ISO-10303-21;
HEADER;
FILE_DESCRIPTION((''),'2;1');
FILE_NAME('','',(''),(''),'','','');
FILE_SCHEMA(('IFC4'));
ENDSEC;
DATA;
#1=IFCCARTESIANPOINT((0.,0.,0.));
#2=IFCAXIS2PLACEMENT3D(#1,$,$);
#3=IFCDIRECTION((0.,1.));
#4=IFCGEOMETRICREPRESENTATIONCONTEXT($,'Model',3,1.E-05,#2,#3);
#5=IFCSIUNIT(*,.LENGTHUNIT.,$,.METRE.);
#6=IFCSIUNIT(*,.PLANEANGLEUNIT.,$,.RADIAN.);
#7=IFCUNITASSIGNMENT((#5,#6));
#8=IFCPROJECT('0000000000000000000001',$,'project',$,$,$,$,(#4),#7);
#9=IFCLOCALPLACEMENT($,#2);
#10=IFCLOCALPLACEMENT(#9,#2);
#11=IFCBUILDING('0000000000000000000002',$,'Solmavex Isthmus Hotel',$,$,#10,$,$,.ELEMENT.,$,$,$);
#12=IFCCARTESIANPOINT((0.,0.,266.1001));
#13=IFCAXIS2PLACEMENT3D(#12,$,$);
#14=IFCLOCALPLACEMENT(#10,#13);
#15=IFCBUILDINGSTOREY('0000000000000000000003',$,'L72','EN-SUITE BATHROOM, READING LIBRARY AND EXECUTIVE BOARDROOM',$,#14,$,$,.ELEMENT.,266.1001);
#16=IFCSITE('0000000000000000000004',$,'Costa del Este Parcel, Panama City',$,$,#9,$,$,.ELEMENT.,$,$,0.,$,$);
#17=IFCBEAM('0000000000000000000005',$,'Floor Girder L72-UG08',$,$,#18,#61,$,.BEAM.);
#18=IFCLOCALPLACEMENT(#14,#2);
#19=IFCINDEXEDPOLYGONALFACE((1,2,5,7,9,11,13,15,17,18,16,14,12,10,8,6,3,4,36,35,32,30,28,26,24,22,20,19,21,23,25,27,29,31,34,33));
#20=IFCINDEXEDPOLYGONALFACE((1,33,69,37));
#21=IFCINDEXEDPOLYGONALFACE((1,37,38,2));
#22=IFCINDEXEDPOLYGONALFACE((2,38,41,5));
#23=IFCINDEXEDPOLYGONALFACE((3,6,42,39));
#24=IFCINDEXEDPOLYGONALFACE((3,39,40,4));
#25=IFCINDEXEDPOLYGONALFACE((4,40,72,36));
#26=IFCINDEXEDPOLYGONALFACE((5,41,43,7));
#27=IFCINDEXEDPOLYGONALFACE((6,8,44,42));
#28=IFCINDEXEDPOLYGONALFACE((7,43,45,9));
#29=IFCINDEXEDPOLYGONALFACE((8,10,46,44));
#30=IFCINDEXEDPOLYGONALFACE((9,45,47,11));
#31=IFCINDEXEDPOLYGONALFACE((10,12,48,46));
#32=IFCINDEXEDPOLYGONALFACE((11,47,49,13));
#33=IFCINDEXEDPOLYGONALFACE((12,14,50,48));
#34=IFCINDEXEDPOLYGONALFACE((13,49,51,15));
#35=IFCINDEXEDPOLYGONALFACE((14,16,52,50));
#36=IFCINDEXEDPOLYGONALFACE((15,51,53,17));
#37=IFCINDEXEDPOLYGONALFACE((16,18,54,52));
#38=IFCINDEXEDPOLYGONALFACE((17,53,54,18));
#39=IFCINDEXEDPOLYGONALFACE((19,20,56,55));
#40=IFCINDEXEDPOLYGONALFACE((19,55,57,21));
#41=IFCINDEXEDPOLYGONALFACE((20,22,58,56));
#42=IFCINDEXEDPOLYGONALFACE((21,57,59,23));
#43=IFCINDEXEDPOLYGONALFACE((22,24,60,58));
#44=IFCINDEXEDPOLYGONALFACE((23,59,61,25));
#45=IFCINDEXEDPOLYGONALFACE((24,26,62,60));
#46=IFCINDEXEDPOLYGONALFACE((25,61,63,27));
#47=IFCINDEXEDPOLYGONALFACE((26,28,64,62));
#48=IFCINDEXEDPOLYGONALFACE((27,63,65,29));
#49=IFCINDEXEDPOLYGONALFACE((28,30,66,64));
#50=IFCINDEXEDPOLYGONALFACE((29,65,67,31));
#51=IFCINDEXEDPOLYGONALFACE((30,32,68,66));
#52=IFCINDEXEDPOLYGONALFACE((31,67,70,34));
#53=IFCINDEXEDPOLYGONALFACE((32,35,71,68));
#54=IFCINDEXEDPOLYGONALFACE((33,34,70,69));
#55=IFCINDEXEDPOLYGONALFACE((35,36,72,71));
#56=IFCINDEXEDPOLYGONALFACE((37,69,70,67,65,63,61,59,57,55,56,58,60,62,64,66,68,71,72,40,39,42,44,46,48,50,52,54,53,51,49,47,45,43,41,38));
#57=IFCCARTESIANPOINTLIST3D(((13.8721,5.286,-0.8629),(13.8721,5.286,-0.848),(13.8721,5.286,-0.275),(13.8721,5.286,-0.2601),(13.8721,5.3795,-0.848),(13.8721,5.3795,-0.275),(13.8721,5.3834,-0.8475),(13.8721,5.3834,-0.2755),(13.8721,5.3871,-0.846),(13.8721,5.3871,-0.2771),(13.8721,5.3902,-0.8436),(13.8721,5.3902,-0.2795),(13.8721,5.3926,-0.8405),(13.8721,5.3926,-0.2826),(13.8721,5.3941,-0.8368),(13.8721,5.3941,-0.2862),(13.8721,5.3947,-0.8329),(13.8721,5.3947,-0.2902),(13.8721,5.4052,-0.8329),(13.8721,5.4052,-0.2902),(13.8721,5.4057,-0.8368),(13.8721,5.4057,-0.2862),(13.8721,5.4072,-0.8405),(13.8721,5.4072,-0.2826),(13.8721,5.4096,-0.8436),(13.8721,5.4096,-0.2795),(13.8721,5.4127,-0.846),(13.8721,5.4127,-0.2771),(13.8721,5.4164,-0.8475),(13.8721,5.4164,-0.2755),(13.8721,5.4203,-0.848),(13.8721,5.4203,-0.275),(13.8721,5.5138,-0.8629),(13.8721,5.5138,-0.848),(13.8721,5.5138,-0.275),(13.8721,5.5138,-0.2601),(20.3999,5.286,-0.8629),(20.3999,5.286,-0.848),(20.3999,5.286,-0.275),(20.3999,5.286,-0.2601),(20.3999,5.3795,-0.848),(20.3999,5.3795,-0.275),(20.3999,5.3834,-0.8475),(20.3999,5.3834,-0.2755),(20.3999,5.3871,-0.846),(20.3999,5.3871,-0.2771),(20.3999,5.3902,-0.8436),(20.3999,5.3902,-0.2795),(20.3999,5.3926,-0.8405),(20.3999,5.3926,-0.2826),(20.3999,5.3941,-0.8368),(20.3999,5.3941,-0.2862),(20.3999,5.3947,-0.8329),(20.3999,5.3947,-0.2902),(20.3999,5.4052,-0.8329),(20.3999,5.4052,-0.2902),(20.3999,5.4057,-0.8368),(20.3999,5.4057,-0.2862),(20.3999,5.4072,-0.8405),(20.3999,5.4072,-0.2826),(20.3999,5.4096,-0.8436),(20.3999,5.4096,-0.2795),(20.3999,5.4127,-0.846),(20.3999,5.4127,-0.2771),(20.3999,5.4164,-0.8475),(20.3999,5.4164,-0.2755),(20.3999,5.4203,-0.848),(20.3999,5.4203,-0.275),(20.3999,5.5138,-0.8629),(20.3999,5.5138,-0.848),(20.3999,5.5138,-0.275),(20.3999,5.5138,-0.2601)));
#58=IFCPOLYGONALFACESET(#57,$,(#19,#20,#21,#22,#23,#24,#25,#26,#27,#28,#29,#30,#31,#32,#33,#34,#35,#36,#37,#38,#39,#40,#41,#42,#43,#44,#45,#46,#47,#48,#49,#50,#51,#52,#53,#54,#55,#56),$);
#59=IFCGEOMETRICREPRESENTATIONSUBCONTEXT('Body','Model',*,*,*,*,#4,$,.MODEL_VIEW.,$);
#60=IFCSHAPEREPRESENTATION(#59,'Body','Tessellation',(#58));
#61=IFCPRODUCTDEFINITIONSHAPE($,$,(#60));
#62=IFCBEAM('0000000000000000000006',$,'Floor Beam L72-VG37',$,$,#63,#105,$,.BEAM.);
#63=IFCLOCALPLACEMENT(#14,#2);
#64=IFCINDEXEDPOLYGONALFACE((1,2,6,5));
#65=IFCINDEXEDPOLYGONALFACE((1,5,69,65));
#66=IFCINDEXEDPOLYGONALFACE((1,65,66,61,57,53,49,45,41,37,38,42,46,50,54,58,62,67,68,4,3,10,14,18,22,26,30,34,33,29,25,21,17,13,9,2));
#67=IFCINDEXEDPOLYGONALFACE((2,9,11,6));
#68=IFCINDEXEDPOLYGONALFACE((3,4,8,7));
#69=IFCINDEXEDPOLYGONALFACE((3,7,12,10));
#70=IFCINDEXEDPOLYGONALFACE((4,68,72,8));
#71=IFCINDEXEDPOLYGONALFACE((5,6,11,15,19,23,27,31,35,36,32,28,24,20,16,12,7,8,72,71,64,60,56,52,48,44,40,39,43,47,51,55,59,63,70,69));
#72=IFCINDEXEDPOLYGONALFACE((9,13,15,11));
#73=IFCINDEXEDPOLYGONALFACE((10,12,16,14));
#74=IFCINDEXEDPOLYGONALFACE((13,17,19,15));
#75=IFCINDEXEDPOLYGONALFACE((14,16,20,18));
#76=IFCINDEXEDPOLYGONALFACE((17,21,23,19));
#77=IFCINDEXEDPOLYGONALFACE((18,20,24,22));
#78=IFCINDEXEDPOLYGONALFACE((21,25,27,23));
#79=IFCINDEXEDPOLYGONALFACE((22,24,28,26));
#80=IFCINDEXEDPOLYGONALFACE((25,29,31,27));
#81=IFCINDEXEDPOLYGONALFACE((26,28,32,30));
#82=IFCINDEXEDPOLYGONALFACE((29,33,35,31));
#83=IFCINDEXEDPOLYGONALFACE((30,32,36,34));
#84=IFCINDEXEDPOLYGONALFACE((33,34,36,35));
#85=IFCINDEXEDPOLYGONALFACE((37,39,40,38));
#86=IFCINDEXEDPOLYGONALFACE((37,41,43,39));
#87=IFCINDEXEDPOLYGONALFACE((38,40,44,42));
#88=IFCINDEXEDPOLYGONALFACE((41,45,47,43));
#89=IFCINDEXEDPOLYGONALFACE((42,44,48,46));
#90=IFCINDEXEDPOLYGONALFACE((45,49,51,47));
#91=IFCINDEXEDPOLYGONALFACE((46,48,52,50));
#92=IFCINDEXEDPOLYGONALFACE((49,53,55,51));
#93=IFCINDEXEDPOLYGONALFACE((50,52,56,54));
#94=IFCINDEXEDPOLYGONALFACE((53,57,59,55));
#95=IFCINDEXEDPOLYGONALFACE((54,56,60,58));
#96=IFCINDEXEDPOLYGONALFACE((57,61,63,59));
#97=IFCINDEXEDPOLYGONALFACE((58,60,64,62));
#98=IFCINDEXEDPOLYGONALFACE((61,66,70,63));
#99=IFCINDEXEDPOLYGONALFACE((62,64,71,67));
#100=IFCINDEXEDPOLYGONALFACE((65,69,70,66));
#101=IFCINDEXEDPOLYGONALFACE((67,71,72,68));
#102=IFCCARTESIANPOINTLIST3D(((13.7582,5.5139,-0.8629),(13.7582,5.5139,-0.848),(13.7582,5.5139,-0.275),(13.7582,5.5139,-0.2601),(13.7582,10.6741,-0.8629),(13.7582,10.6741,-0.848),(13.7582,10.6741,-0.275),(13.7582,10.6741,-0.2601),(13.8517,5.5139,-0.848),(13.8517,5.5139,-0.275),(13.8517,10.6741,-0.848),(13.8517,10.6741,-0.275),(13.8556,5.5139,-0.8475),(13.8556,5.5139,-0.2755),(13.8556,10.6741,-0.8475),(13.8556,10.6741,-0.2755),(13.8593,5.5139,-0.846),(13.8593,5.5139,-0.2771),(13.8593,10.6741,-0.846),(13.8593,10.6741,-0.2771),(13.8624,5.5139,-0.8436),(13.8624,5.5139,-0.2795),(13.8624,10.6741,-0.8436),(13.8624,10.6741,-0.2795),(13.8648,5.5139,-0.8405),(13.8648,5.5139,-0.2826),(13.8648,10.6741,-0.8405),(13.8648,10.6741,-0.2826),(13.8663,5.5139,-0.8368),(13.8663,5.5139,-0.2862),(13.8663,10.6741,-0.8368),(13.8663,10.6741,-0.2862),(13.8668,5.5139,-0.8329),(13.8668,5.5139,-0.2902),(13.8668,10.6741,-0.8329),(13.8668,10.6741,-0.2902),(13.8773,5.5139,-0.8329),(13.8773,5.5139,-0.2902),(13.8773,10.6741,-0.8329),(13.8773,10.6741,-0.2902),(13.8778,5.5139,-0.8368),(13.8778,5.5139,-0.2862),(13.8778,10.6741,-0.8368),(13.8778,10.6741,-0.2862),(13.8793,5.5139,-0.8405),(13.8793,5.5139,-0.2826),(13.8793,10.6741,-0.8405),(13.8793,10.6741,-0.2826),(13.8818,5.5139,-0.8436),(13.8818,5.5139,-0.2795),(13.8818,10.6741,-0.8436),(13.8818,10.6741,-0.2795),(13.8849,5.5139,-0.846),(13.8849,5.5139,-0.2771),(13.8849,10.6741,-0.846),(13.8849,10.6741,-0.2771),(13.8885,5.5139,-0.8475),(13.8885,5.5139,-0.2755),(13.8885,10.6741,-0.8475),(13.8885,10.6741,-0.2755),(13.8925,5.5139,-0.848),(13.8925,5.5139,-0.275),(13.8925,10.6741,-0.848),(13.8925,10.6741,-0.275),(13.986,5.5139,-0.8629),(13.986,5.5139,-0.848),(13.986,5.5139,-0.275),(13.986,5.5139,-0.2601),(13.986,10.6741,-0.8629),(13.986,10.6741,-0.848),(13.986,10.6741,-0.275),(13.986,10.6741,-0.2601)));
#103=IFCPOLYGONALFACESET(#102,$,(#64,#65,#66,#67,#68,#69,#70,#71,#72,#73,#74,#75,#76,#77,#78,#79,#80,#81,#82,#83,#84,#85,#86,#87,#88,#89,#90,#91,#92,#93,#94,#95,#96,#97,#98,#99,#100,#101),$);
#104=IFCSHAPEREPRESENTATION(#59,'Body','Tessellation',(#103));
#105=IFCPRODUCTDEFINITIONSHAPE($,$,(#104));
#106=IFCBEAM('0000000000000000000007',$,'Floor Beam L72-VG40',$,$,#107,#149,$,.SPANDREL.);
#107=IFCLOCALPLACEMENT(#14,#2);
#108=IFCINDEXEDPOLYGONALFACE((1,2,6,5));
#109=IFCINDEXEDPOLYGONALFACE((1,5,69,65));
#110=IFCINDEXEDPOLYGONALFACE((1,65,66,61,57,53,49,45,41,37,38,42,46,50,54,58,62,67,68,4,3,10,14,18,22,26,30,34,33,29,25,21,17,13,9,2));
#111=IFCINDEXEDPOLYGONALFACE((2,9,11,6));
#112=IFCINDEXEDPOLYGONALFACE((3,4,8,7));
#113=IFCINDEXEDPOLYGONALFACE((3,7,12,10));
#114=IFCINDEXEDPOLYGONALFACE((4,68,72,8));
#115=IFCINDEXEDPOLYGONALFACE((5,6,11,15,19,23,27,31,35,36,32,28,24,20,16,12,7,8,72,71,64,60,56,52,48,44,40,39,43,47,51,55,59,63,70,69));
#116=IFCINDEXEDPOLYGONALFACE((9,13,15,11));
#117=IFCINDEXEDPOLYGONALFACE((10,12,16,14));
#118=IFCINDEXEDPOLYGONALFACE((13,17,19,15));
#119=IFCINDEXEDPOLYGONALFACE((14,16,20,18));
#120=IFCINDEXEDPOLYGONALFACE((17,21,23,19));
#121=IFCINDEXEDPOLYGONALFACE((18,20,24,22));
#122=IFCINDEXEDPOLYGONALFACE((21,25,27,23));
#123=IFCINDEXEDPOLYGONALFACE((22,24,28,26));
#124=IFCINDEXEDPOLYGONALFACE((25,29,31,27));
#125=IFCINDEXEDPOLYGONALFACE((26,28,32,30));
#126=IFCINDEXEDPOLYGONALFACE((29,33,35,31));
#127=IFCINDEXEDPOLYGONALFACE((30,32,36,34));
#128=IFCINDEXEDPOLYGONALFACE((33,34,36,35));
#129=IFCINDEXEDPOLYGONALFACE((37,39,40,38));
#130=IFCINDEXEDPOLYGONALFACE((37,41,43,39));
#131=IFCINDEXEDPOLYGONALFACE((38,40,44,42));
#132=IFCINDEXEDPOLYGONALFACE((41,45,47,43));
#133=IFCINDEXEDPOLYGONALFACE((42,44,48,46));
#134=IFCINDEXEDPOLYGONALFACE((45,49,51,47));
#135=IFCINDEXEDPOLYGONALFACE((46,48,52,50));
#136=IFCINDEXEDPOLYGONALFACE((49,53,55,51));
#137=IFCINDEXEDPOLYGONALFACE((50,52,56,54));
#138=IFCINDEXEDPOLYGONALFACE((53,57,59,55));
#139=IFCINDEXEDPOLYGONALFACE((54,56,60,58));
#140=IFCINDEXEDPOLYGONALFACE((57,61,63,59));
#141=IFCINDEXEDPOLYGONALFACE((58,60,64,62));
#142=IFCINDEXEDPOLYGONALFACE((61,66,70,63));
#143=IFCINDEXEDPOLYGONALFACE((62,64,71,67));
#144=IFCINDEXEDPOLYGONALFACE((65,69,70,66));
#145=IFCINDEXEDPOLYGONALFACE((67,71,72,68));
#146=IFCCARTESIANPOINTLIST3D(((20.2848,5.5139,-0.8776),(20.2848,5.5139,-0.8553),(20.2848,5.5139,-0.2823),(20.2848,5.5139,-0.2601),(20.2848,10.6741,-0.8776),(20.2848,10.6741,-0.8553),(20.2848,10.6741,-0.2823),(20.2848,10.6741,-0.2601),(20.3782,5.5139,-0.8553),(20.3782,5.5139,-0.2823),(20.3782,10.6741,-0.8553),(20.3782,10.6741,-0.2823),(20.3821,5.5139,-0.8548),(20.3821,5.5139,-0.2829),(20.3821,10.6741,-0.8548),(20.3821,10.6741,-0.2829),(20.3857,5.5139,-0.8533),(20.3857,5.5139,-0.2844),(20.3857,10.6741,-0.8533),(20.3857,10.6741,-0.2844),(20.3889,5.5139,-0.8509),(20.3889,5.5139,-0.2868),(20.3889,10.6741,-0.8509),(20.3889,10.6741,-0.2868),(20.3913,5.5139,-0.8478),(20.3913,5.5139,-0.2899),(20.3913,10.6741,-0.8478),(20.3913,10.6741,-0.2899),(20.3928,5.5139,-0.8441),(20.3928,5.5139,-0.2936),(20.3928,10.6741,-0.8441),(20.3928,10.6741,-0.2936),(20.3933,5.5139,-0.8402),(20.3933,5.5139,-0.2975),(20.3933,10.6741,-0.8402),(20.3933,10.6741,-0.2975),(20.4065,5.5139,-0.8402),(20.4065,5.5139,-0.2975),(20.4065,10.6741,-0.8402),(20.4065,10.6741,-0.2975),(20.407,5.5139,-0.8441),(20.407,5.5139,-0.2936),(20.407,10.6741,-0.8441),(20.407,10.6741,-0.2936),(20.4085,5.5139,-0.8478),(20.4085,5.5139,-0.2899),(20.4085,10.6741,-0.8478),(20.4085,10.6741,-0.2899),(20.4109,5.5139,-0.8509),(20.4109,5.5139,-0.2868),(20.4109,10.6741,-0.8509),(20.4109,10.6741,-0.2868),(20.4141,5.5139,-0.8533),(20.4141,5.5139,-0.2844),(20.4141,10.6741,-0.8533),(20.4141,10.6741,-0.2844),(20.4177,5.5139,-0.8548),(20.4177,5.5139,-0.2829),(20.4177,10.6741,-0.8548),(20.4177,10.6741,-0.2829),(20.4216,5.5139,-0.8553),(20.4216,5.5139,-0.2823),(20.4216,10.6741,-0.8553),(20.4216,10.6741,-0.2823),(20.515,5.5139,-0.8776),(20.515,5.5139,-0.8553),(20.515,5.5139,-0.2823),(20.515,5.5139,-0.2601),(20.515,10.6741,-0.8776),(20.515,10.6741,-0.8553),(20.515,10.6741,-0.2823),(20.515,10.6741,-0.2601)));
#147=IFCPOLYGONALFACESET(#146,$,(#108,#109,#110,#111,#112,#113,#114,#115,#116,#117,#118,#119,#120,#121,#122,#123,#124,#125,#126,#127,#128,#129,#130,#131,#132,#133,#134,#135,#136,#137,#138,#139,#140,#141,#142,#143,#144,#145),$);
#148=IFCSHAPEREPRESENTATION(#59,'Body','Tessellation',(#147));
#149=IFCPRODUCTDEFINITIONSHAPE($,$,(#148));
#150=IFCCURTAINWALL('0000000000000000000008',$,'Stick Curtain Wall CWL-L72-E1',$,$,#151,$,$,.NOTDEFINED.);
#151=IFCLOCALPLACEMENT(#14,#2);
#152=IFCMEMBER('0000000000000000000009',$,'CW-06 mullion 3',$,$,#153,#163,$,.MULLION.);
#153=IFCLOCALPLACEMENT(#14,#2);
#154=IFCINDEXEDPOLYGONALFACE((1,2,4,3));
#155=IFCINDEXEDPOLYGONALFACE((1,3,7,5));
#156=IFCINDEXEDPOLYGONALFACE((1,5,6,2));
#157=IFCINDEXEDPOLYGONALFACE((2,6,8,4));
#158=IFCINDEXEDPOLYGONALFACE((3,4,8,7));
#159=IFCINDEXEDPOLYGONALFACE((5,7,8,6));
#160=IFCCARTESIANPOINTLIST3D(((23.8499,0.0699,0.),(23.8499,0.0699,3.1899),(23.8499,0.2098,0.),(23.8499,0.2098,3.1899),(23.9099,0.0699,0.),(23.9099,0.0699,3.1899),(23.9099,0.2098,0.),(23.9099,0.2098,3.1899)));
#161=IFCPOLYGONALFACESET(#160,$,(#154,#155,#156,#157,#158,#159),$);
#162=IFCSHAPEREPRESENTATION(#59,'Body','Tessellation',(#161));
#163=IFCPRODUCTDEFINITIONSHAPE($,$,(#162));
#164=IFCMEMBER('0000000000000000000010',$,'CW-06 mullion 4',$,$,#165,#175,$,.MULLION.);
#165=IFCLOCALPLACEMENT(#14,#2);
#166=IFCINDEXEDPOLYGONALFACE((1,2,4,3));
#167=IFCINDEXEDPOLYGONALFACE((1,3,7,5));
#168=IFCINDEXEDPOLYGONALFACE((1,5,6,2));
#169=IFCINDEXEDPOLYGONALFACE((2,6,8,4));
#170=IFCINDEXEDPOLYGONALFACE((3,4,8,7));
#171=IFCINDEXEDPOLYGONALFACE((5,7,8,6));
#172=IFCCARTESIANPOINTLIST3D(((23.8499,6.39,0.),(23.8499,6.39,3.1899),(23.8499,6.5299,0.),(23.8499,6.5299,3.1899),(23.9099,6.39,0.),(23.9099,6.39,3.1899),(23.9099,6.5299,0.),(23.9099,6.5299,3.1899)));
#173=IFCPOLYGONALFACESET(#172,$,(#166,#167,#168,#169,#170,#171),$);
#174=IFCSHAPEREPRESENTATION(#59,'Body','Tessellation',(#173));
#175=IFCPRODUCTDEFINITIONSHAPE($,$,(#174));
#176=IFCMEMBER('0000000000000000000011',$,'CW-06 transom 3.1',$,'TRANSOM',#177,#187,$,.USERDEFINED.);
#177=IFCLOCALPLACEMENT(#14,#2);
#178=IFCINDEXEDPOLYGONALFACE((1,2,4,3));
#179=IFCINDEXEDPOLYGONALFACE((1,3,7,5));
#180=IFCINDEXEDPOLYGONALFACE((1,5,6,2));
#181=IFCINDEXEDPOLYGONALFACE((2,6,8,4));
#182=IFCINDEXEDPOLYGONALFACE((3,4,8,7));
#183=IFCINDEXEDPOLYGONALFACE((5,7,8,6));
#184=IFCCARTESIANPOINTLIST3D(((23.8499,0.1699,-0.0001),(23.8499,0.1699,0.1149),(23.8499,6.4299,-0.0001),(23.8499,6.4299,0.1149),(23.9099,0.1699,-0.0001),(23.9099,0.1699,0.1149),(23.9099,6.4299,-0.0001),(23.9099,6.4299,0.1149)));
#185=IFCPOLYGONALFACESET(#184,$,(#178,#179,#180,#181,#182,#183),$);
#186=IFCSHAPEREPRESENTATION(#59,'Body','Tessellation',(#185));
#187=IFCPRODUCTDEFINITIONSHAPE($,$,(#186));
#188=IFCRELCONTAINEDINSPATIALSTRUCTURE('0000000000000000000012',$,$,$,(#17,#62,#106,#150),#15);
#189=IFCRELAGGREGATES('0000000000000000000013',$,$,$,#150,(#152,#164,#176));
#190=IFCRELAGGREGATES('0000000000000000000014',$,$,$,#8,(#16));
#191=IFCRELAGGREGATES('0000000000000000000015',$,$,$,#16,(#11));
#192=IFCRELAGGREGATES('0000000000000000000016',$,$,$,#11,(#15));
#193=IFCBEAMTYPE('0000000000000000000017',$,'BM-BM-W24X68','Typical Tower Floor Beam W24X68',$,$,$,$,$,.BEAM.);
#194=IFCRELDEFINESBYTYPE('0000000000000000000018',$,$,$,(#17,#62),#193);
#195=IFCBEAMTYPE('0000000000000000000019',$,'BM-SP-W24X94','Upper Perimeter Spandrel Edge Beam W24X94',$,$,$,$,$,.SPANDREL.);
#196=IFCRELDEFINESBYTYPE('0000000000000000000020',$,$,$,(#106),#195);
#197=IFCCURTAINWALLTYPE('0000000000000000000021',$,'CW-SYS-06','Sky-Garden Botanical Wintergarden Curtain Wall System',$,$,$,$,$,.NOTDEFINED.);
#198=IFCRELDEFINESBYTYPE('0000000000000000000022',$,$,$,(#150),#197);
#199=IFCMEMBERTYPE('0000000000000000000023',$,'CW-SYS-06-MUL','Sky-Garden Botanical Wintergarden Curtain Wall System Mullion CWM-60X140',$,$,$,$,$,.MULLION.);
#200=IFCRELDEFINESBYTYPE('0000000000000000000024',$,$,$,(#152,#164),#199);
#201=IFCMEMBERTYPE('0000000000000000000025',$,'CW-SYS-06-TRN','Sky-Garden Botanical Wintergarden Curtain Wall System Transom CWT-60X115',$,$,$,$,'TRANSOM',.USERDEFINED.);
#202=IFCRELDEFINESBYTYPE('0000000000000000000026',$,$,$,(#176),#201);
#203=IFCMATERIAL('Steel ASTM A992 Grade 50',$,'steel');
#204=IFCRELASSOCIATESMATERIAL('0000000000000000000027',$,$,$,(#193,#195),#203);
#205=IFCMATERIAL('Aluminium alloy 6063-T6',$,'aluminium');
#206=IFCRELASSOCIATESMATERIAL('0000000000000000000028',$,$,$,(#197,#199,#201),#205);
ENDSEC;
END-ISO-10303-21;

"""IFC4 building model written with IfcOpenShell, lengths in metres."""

from ifc_helpers import new_model, si_unit, direction, frame, origin, origin_2d, place, context, subcontext, project, spatial, rectangle, i_section, extrude, material, material_profile, profile_set, type_object, element, aggregate, save


model = new_model("IFC4")

# Units and contexts
model_context = context("Model", 3, precision=1e-05, world=origin(), true_north=direction((0.0, 1.0)))
body_context = subcontext(model_context, "Body", "Model", "MODEL_VIEW")
ifc_project = project(units=[si_unit("LENGTHUNIT", "METRE"), si_unit("PLANEANGLEUNIT", "RADIAN")], contexts=[model_context])

# Site, building, storey
site_placement = place(None, origin())
site = spatial("IfcSite", under=ifc_project, at=site_placement, Name="Costa del Este Parcel, Panama City", CompositionType="ELEMENT", RefElevation=0.0)
building_placement = place(site_placement, origin())
building = spatial("IfcBuilding", under=site, at=building_placement, Name="Solmavex Isthmus Hotel", CompositionType="ELEMENT")
storey_placement = place(building_placement, frame((0.0, 0.0, 266.1001)))
storey = spatial("IfcBuildingStorey", under=building, at=storey_placement, Name="L72", Description="EN-SUITE BATHROOM, READING LIBRARY AND EXECUTIVE BOARDROOM", CompositionType="ELEMENT", Elevation=266.1001)

# Beams
ifc_material_1 = material(Name="Steel ASTM A992 Grade 50", Category="steel")
ifc_material_profile_1 = material_profile(ifc_material_1, i_section(OverallWidth=0.2278, OverallDepth=0.6028, WebThickness=0.0105, FlangeThickness=0.0149, FilletRadius=0.0151, at=origin_2d()), Name="W24X68")
ifc_profile_set_1 = profile_set([ifc_material_profile_1], Name="Steel ASTM A992 Grade 50")
beam_type_1 = type_object("IfcBeamType", Name="BM-BM-W24X68", Description="Typical Tower Floor Beam W24X68", PredefinedType="BEAM", material=ifc_profile_set_1)
beam_1_placement = place(storey_placement, frame((13.8721, 5.3999, -0.5615), z_axis=(1.0, 0.0, 0.0), x_axis=(0.0, 1.0, 0.0)))
element("IfcBeam", 1, at=beam_1_placement, inside=storey, type_object=beam_type_1, Name="Floor Girder L72-UG08", PredefinedType="BEAM", context=body_context, shape_type="SweptSolid", body=[
    extrude(i_section(OverallWidth=0.2278, OverallDepth=0.6028, WebThickness=0.0105, FlangeThickness=0.0149, FilletRadius=0.0151, at=origin_2d()), origin(), (0.0, 0.0, 1.0), 6.5278),
])
beam_2_placement = place(storey_placement, frame((13.8721, 5.5139, -0.5615), z_axis=(0.0, 1.0, 0.0), x_axis=(-1.0, 0.0, 0.0)))
element("IfcBeam", 2, at=beam_2_placement, inside=storey, type_object=beam_type_1, Name="Floor Beam L72-VG37", PredefinedType="BEAM", context=body_context, shape_type="SweptSolid", body=[
    extrude(i_section(OverallWidth=0.2278, OverallDepth=0.6028, WebThickness=0.0105, FlangeThickness=0.0149, FilletRadius=0.0151, at=origin_2d()), origin(), (0.0, 0.0, 1.0), 5.1602),
])
ifc_material_profile_2 = material_profile(ifc_material_1, i_section(OverallWidth=0.2302, OverallDepth=0.6174, WebThickness=0.0132, FlangeThickness=0.0222, FilletRadius=0.0151, at=origin_2d()), Name="W24X94")
ifc_profile_set_2 = profile_set([ifc_material_profile_2], Name="Steel ASTM A992 Grade 50")
beam_type_2 = type_object("IfcBeamType", Name="BM-SP-W24X94", Description="Upper Perimeter Spandrel Edge Beam W24X94", PredefinedType="SPANDREL", material=ifc_profile_set_2)
beam_3_placement = place(storey_placement, frame((20.3999, 5.5139, -0.5688), z_axis=(0.0, 1.0, 0.0), x_axis=(-1.0, 0.0, 0.0)))
element("IfcBeam", 3, at=beam_3_placement, inside=storey, type_object=beam_type_2, Name="Floor Beam L72-VG40", PredefinedType="SPANDREL", context=body_context, shape_type="SweptSolid", body=[
    extrude(i_section(OverallWidth=0.2302, OverallDepth=0.6174, WebThickness=0.0132, FlangeThickness=0.0222, FilletRadius=0.0151, at=origin_2d()), origin(), (0.0, 0.0, 1.0), 5.1602),
])

# Curtain wall, members
ifc_material_2 = material(Name="Aluminium alloy 6063-T6", Category="aluminium")
curtain_wall_type = type_object("IfcCurtainWallType", Name="CW-SYS-06", Description="Sky-Garden Botanical Wintergarden Curtain Wall System", PredefinedType="NOTDEFINED", material=ifc_material_2)
curtain_wall_placement = place(storey_placement, origin())
curtain_wall = element("IfcCurtainWall", 4, at=curtain_wall_placement, inside=storey, type_object=curtain_wall_type, Name="Stick Curtain Wall CWL-L72-E1", PredefinedType="NOTDEFINED")
ifc_material_profile_3 = material_profile(ifc_material_2, rectangle(XDim=0.0601, YDim=0.1399, at=origin_2d()), Name="CWM-60X140")
ifc_profile_set_3 = profile_set([ifc_material_profile_3], Name="Aluminium alloy 6063-T6")
member_type_1 = type_object("IfcMemberType", Name="CW-SYS-06-MUL", Description="Sky-Garden Botanical Wintergarden Curtain Wall System Mullion CWM-60X140", PredefinedType="MULLION", material=ifc_profile_set_3)
member_1_placement = place(storey_placement, frame((23.8799, 0.1399, 0.0), z_axis=(0.0, 0.0, 1.0), x_axis=(-1.0, 0.0, 0.0)))
member_1 = element("IfcMember", 5, at=member_1_placement, type_object=member_type_1, Name="CW-06 mullion 3", PredefinedType="MULLION", context=body_context, shape_type="SweptSolid", body=[
    extrude(rectangle(XDim=0.0601, YDim=0.1399, at=origin_2d()), origin(), (0.0, 0.0, 1.0), 3.1899),
])
member_2_placement = place(storey_placement, frame((23.8799, 6.46, 0.0), z_axis=(0.0, 0.0, 1.0), x_axis=(-1.0, 0.0, 0.0)))
member_2 = element("IfcMember", 6, at=member_2_placement, type_object=member_type_1, Name="CW-06 mullion 4", PredefinedType="MULLION", context=body_context, shape_type="SweptSolid", body=[
    extrude(rectangle(XDim=0.0601, YDim=0.1399, at=origin_2d()), origin(), (0.0, 0.0, 1.0), 3.1899),
])
ifc_material_profile_4 = material_profile(ifc_material_2, rectangle(XDim=0.0601, YDim=0.115, at=origin_2d()), Name="CWT-60X115")
ifc_profile_set_4 = profile_set([ifc_material_profile_4], Name="Aluminium alloy 6063-T6")
member_type_2 = type_object("IfcMemberType", Name="CW-SYS-06-TRN", Description="Sky-Garden Botanical Wintergarden Curtain Wall System Transom CWT-60X115", ElementType="TRANSOM", PredefinedType="USERDEFINED", material=ifc_profile_set_4)
member_3_placement = place(storey_placement, frame((23.8799, 0.1699, 0.0574), z_axis=(0.0, 1.0, 0.0), x_axis=(-1.0, 0.0, 0.0)))
member_3 = element("IfcMember", 7, at=member_3_placement, type_object=member_type_2, Name="CW-06 transom 3.1", ObjectType="TRANSOM", PredefinedType="USERDEFINED", context=body_context, shape_type="SweptSolid", body=[
    extrude(rectangle(XDim=0.0601, YDim=0.115, at=origin_2d()), origin(), (0.0, 0.0, 1.0), 6.26),
])
aggregate(curtain_wall, [member_1, member_2, member_3])

save(model, "model.ifc")
